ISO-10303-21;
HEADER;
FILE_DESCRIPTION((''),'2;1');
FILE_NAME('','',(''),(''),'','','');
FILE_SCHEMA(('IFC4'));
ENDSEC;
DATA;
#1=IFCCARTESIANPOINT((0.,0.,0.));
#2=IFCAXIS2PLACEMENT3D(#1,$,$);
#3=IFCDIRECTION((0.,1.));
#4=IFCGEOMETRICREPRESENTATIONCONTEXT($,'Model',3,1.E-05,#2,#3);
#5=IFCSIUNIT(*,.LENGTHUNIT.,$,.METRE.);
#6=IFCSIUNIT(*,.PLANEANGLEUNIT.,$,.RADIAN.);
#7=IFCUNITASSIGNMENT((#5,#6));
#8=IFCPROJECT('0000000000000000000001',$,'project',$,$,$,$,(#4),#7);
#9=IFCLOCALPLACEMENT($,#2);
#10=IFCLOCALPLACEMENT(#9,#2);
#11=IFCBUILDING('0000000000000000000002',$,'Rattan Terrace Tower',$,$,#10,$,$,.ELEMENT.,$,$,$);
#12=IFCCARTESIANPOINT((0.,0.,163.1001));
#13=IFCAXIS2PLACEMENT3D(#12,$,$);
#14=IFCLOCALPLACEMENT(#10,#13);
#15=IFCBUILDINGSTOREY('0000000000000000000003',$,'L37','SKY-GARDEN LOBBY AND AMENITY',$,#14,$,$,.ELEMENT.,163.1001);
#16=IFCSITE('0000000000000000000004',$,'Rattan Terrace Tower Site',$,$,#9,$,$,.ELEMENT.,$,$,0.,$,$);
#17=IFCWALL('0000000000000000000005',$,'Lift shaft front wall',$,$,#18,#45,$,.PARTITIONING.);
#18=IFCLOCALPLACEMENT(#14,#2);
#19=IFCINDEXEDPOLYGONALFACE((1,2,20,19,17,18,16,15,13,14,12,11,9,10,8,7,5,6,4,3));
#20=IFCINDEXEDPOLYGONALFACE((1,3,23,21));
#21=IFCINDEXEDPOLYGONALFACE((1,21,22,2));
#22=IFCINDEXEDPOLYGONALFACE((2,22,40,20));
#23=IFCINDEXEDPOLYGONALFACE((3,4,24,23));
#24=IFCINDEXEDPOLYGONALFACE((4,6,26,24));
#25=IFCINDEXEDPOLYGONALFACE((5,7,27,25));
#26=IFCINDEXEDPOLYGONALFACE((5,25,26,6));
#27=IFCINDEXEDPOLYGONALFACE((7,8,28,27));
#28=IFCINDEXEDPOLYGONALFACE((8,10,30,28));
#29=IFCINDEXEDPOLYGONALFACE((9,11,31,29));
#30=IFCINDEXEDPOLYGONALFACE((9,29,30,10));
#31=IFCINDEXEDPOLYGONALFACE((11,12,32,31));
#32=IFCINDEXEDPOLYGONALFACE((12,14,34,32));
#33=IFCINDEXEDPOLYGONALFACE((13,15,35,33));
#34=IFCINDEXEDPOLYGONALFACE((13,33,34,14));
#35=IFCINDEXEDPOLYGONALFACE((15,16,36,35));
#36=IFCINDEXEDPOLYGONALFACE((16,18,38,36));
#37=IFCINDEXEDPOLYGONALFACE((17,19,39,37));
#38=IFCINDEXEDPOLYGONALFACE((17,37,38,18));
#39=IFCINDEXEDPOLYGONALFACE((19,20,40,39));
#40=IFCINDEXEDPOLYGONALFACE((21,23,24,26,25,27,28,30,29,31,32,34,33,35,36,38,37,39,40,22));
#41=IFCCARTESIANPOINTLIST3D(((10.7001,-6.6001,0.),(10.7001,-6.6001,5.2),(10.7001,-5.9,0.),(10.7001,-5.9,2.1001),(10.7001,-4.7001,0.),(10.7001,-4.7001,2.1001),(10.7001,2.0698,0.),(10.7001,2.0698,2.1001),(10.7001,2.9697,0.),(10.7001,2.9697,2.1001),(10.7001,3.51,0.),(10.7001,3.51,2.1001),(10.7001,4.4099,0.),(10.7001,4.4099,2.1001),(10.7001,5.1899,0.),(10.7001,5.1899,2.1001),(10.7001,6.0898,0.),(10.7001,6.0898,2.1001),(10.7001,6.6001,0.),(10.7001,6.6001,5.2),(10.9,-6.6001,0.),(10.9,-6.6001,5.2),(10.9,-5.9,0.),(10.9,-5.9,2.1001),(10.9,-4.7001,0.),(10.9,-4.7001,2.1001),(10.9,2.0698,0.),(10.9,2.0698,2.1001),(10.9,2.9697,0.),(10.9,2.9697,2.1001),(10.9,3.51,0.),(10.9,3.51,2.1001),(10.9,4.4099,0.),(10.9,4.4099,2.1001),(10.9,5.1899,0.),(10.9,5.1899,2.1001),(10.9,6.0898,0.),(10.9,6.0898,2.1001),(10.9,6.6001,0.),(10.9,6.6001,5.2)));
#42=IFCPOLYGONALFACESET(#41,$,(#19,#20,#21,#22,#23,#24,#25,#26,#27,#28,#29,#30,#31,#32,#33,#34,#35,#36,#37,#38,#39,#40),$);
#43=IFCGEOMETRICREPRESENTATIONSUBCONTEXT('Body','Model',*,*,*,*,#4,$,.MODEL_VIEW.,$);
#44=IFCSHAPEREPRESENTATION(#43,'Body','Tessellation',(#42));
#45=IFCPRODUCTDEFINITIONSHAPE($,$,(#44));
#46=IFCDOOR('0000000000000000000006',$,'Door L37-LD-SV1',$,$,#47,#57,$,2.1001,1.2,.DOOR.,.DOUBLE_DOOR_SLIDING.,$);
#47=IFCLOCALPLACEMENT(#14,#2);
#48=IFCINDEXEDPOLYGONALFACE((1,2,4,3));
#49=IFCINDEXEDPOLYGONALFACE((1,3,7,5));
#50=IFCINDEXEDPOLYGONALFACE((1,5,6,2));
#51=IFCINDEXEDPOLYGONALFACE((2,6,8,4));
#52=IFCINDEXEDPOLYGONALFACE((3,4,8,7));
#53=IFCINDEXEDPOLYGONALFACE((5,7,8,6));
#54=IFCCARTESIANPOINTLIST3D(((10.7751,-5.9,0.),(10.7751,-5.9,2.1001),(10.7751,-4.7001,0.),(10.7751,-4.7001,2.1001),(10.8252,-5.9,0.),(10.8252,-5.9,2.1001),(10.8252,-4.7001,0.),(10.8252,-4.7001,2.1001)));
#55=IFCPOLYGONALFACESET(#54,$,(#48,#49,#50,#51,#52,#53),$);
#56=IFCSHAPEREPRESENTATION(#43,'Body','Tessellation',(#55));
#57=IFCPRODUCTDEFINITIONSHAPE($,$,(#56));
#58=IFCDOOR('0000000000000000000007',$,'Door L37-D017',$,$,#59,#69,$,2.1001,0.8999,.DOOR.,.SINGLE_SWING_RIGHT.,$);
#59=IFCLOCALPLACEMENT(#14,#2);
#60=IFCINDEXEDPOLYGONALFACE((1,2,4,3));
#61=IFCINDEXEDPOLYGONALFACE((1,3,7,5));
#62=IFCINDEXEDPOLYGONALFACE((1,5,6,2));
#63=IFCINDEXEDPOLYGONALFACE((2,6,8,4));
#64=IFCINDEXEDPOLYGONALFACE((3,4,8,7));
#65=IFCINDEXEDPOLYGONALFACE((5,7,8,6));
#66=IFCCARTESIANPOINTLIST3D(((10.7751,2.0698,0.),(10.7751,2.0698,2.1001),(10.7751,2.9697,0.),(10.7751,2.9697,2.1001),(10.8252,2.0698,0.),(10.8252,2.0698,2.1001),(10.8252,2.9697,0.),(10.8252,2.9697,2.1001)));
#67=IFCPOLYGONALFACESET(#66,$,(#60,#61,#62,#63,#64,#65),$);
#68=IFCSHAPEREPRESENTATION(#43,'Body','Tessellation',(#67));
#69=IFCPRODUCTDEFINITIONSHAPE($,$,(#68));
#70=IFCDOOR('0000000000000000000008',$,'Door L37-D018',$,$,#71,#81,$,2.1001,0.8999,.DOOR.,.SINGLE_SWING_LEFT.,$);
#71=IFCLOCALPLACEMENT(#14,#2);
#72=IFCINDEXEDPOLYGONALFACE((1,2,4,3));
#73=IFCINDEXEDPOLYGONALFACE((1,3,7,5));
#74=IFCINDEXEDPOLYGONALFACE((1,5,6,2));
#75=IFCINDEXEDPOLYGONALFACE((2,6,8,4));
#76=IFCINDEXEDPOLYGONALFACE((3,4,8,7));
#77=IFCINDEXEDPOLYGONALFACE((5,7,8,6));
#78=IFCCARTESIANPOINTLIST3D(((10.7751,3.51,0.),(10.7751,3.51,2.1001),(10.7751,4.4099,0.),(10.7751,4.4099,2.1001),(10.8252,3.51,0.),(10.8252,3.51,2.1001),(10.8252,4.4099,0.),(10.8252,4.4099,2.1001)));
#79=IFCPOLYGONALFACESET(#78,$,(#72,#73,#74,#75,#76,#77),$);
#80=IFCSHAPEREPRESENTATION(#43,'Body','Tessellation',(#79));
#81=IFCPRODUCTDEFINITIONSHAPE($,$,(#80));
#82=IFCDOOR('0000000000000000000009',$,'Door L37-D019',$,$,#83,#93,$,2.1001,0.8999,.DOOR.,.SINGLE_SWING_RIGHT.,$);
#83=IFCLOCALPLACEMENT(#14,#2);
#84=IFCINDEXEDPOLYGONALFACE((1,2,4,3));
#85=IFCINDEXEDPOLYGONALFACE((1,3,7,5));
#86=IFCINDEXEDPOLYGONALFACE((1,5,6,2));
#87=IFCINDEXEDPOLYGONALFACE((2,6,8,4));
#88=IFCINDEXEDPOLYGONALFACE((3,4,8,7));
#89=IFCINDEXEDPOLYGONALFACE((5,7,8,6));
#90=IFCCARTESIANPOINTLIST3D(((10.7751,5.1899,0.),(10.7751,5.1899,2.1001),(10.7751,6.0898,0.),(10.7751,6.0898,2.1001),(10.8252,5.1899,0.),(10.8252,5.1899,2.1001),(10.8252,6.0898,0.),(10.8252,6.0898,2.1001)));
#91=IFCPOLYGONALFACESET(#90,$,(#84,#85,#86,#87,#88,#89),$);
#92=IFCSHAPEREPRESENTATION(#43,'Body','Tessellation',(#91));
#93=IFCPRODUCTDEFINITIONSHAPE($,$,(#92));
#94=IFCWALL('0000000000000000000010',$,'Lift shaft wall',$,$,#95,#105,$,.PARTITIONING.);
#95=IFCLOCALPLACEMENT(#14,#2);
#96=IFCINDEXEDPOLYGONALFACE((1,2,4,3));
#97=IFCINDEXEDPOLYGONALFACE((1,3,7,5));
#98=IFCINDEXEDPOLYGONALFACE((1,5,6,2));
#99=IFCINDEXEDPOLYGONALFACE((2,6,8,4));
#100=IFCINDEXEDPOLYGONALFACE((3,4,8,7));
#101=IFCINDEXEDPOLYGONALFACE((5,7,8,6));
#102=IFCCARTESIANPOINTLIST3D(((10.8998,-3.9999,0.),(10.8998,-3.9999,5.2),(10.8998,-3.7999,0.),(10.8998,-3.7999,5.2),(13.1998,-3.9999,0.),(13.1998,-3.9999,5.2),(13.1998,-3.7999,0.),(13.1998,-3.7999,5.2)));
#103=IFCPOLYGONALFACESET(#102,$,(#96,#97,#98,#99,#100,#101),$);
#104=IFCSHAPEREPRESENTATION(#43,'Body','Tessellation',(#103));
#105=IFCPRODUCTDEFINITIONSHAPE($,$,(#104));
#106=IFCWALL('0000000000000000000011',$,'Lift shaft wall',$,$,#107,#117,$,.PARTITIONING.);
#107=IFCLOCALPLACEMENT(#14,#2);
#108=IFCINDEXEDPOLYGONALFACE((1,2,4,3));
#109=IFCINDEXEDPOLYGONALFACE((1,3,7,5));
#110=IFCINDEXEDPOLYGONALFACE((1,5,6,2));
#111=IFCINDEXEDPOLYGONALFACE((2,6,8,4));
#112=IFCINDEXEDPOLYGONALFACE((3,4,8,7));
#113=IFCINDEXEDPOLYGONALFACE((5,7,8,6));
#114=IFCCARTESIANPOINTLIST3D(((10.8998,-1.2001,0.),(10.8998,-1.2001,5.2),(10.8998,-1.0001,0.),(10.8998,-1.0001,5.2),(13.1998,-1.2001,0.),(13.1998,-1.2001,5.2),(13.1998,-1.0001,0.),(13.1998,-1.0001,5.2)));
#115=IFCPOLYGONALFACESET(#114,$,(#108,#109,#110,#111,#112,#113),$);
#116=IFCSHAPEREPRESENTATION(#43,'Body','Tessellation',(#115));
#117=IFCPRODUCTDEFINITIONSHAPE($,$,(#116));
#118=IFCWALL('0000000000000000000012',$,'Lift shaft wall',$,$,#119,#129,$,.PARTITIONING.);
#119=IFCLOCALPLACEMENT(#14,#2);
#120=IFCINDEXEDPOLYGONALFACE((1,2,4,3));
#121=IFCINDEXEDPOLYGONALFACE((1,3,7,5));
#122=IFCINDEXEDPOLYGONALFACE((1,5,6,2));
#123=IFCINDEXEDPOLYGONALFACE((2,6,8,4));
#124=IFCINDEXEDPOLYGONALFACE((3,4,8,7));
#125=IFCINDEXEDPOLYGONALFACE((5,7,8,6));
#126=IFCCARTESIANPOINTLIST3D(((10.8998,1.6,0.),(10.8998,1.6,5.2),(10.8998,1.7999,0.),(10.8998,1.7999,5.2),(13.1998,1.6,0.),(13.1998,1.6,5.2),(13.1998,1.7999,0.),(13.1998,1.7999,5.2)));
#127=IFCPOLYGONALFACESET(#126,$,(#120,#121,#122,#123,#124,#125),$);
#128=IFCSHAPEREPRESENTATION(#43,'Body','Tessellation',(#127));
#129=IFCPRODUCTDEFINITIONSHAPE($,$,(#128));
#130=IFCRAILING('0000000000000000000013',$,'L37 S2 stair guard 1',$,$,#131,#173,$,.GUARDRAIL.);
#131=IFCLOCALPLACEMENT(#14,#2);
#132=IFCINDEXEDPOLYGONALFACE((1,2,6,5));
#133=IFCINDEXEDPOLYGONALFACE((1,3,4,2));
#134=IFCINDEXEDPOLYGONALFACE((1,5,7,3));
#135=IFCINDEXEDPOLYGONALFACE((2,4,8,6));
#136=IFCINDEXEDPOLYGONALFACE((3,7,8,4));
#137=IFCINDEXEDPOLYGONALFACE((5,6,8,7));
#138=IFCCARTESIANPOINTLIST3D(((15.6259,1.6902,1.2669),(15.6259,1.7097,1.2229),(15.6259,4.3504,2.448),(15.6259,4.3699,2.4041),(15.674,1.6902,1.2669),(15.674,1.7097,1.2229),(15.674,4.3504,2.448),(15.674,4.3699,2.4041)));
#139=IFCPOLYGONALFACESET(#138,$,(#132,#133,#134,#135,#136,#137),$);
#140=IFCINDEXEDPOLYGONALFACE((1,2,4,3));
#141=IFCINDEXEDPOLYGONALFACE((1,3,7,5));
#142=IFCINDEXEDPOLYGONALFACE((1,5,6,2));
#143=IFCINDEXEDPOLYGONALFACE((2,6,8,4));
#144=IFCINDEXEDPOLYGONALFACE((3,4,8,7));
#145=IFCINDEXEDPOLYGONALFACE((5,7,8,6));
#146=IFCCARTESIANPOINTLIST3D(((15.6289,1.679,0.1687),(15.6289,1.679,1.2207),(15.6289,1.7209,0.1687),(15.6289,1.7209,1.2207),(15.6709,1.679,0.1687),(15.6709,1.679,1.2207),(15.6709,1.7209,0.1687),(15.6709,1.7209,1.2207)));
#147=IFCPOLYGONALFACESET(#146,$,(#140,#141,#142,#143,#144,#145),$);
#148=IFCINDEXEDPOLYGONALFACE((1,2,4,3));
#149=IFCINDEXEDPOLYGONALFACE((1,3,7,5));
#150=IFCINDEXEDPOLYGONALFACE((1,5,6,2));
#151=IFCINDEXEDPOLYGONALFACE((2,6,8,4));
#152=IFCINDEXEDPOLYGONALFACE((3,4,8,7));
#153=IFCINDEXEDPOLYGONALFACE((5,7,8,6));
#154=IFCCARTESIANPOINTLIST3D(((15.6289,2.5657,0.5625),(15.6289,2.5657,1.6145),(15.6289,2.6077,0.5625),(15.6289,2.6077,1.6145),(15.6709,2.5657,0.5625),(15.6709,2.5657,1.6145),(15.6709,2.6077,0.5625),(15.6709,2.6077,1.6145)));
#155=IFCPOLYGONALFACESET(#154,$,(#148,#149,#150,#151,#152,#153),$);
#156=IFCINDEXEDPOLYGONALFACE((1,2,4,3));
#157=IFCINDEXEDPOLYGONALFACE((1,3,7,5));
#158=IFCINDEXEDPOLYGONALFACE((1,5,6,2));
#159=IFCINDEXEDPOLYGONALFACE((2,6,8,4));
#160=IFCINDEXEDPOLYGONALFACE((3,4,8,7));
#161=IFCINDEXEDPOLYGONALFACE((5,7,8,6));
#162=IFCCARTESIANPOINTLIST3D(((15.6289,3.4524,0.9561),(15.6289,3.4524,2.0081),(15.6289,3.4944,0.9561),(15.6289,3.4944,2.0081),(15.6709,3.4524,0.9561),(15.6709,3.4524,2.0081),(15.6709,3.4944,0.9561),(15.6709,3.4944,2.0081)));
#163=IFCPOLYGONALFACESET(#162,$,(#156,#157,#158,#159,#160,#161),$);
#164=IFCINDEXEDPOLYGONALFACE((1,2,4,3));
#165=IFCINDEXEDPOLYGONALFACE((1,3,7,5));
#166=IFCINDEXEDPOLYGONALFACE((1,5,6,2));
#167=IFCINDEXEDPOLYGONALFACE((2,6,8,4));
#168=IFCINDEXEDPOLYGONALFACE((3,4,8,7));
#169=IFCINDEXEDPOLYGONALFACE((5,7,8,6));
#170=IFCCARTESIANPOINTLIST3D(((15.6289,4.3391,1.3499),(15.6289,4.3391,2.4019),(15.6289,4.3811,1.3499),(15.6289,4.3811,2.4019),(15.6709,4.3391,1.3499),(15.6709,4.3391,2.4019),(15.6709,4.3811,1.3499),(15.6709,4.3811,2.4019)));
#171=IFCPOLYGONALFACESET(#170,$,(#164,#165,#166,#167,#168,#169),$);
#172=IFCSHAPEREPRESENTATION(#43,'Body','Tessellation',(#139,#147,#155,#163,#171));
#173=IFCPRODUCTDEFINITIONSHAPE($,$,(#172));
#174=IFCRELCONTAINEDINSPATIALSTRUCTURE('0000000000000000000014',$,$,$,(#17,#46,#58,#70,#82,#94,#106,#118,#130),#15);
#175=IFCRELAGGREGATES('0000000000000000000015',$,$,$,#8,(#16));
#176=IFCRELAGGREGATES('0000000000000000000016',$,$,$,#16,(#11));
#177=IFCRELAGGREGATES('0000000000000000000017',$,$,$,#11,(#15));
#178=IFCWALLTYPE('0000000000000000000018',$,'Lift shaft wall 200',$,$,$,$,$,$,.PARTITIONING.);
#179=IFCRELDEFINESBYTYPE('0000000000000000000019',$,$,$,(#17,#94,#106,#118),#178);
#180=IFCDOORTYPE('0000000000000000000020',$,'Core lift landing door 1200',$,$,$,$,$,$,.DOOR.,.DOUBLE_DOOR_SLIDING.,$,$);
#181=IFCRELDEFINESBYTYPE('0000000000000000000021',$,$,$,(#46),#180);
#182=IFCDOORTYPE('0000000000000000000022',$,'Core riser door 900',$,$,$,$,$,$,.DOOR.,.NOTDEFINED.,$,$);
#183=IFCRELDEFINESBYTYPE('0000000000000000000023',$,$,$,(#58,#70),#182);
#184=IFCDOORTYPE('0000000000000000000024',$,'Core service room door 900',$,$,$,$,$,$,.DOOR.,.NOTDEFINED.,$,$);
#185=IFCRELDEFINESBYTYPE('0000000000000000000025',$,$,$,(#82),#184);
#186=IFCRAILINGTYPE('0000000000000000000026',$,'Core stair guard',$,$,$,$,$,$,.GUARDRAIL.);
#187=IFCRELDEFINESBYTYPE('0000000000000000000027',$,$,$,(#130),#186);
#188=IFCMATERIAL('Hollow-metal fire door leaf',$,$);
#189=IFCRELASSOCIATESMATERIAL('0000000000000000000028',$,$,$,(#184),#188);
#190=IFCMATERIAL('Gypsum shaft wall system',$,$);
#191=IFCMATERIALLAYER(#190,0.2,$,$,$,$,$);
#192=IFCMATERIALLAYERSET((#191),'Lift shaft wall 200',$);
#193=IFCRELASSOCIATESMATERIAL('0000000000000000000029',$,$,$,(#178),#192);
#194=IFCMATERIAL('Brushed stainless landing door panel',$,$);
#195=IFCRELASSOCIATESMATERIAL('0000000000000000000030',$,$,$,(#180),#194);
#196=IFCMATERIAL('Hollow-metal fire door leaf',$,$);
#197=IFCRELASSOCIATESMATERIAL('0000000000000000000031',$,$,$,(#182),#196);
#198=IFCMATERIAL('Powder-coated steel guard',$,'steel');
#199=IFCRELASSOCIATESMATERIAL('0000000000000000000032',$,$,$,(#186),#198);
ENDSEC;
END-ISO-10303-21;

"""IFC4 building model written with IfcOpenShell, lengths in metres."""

from ifc_helpers import new_model, si_unit, direction, frame, frame_2d, origin, origin_2d, place, context, subcontext, project, spatial, rectangle, extrude, material, layer, layer_set, type_object, element, fill, save


model = new_model("IFC4")

# Units and contexts
model_context = context("Model", 3, precision=1e-05, world=origin(), true_north=direction((0.0, 1.0)))
body_context = subcontext(model_context, "Body", "Model", "MODEL_VIEW")
ifc_project = project(units=[si_unit("LENGTHUNIT", "METRE"), si_unit("PLANEANGLEUNIT", "RADIAN")], contexts=[model_context])

# Site, building, storey
site_placement = place(None, origin())
site = spatial("IfcSite", under=ifc_project, at=site_placement, Name="Rattan Terrace Tower Site", CompositionType="ELEMENT", RefElevation=0.0)
building_placement = place(site_placement, origin())
building = spatial("IfcBuilding", under=site, at=building_placement, Name="Rattan Terrace Tower", CompositionType="ELEMENT")
storey_placement = place(building_placement, frame((0.0, 0.0, 163.1001)))
storey = spatial("IfcBuildingStorey", under=building, at=storey_placement, Name="L37", Description="SKY-GARDEN LOBBY AND AMENITY", CompositionType="ELEMENT", Elevation=163.1001)

# Shared definitions
ifc_material_1 = material(Name="Hollow-metal fire door leaf")
door_type_1 = type_object("IfcDoorType", Name="Core service room door 900", OperationType="NOTDEFINED", PredefinedType="DOOR", material=ifc_material_1)

# Wall, openings, doors
ifc_material_2 = material(Name="Gypsum shaft wall system")
ifc_layer_1 = layer(ifc_material_2, 0.2)
ifc_layer_set_1 = layer_set([ifc_layer_1], Name="Lift shaft wall 200")
wall_type_1 = type_object("IfcWallType", Name="Lift shaft wall 200", PredefinedType="PARTITIONING", material=ifc_layer_set_1)
wall_1_placement = place(storey_placement, frame((10.8, -6.6001, 0.0), z_axis=(0.0, 0.0, 1.0), x_axis=(0.0, 1.0, 0.0)))
wall_1 = element("IfcWall", 1, at=wall_1_placement, inside=storey, type_object=wall_type_1, Name="Lift shaft front wall", PredefinedType="PARTITIONING", context=body_context, shape_type="SweptSolid", body=[
    extrude(rectangle(XDim=13.2002, YDim=0.2, at=frame_2d((6.6001, 0.0))), origin(), (0.0, 0.0, 1.0), 5.2),
])
opening_1_placement = place(wall_1_placement, frame((0.7, 0.0, 0.0)))
opening_1 = element("IfcOpeningElement", 2, at=opening_1_placement, cuts=wall_1, PredefinedType="OPENING", context=body_context, shape_type="SweptSolid", body=[
    extrude(rectangle(XDim=1.2, YDim=2.1001, at=frame_2d((0.6001, 1.05))), frame((0.0, 0.1106, 0.0), z_axis=(0.0, -1.0, 0.0), x_axis=(1.0, 0.0, 0.0)), (0.0, 0.0, 1.0), 0.2209),
])
opening_2_placement = place(wall_1_placement, frame((8.6699, 0.0, 0.0)))
opening_2 = element("IfcOpeningElement", 3, at=opening_2_placement, cuts=wall_1, PredefinedType="OPENING", context=body_context, shape_type="SweptSolid", body=[
    extrude(rectangle(XDim=0.8999, YDim=2.1001, at=frame_2d((0.45, 1.05))), frame((0.0, 0.1106, 0.0), z_axis=(0.0, -1.0, 0.0), x_axis=(1.0, 0.0, 0.0)), (0.0, 0.0, 1.0), 0.2209),
])
opening_3_placement = place(wall_1_placement, frame((10.1101, 0.0, 0.0)))
opening_3 = element("IfcOpeningElement", 4, at=opening_3_placement, cuts=wall_1, PredefinedType="OPENING", context=body_context, shape_type="SweptSolid", body=[
    extrude(rectangle(XDim=0.8999, YDim=2.1001, at=frame_2d((0.45, 1.05))), frame((0.0, 0.1106, 0.0), z_axis=(0.0, -1.0, 0.0), x_axis=(1.0, 0.0, 0.0)), (0.0, 0.0, 1.0), 0.2209),
])
opening_4_placement = place(wall_1_placement, frame((11.79, 0.0, 0.0)))
opening_4 = element("IfcOpeningElement", 5, at=opening_4_placement, cuts=wall_1, PredefinedType="OPENING", context=body_context, shape_type="SweptSolid", body=[
    extrude(rectangle(XDim=0.8999, YDim=2.1001, at=frame_2d((0.45, 1.05))), frame((0.0, 0.1106, 0.0), z_axis=(0.0, -1.0, 0.0), x_axis=(1.0, 0.0, 0.0)), (0.0, 0.0, 1.0), 0.2209),
])
ifc_material_3 = material(Name="Brushed stainless landing door panel")
door_type_2 = type_object("IfcDoorType", Name="Core lift landing door 1200", OperationType="DOUBLE_DOOR_SLIDING", PredefinedType="DOOR", material=ifc_material_3)
door_1_placement = place(opening_1_placement, origin())
door_1 = element("IfcDoor", 6, at=door_1_placement, inside=storey, type_object=door_type_2, Name="Door L37-LD-SV1", OperationType="DOUBLE_DOOR_SLIDING", OverallHeight=2.1001, OverallWidth=1.2, PredefinedType="DOOR", context=body_context, shape_type="SweptSolid", body=[
    extrude(rectangle(XDim=1.2, YDim=2.1001, at=frame_2d((0.6001, 1.05))), frame((0.0, 0.0249, 0.0), z_axis=(0.0, -1.0, 0.0), x_axis=(1.0, 0.0, 0.0)), (0.0, 0.0, 1.0), 0.05),
])
fill(opening_1, door_1)
ifc_material_4 = material(Name="Hollow-metal fire door leaf")
door_type_3 = type_object("IfcDoorType", Name="Core riser door 900", OperationType="NOTDEFINED", PredefinedType="DOOR", material=ifc_material_4)
door_2_placement = place(opening_2_placement, origin())
door_2 = element("IfcDoor", 7, at=door_2_placement, inside=storey, type_object=door_type_3, Name="Door L37-D017", OperationType="SINGLE_SWING_RIGHT", OverallHeight=2.1001, OverallWidth=0.8999, PredefinedType="DOOR", context=body_context, shape_type="SweptSolid", body=[
    extrude(rectangle(XDim=0.8999, YDim=2.1001, at=frame_2d((0.45, 1.05))), frame((0.0, 0.0249, 0.0), z_axis=(0.0, -1.0, 0.0), x_axis=(1.0, 0.0, 0.0)), (0.0, 0.0, 1.0), 0.05),
])
fill(opening_2, door_2)
door_3_placement = place(opening_3_placement, origin())
door_3 = element("IfcDoor", 8, at=door_3_placement, inside=storey, type_object=door_type_3, Name="Door L37-D018", OperationType="SINGLE_SWING_LEFT", OverallHeight=2.1001, OverallWidth=0.8999, PredefinedType="DOOR", context=body_context, shape_type="SweptSolid", body=[
    extrude(rectangle(XDim=0.8999, YDim=2.1001, at=frame_2d((0.45, 1.05))), frame((0.0, 0.0249, 0.0), z_axis=(0.0, -1.0, 0.0), x_axis=(1.0, 0.0, 0.0)), (0.0, 0.0, 1.0), 0.05),
])
fill(opening_3, door_3)
door_4_placement = place(opening_4_placement, origin())
door_4 = element("IfcDoor", 9, at=door_4_placement, inside=storey, type_object=door_type_1, Name="Door L37-D019", OperationType="SINGLE_SWING_RIGHT", OverallHeight=2.1001, OverallWidth=0.8999, PredefinedType="DOOR", context=body_context, shape_type="SweptSolid", body=[
    extrude(rectangle(XDim=0.8999, YDim=2.1001, at=frame_2d((0.45, 1.05))), frame((0.0, 0.0249, 0.0), z_axis=(0.0, -1.0, 0.0), x_axis=(1.0, 0.0, 0.0)), (0.0, 0.0, 1.0), 0.05),
])
fill(opening_4, door_4)

# Walls
for number, where, z_axis, x_axis, name in (
    (10, (10.8999, -3.8999, 0.0), (0.0, 0.0, 1.0), (1.0, 0.0, 0.0), "Lift shaft wall"),
    (11, (10.8999, -1.1001, 0.0), (0.0, 0.0, 1.0), (1.0, 0.0, 0.0), "Lift shaft wall"),
    (12, (10.8999, 1.7, 0.0), (0.0, 0.0, 1.0), (1.0, 0.0, 0.0), "Lift shaft wall"),
):
    element("IfcWall", number, at=place(storey_placement, frame(where, z_axis=z_axis, x_axis=x_axis)), inside=storey, type_object=wall_type_1, Name=name, PredefinedType="PARTITIONING", context=body_context, shape_type="SweptSolid", body=[
        extrude(rectangle(XDim=2.3, YDim=0.2, at=frame_2d((1.1499, 0.0))), origin(), (0.0, 0.0, 1.0), 5.2),
    ])

# Railing
ifc_material_5 = material(Name="Powder-coated steel guard", Category="steel")
railing_type = type_object("IfcRailingType", Name="Core stair guard", PredefinedType="GUARDRAIL", material=ifc_material_5)
railing_placement = place(storey_placement, frame((15.6499, 1.7, 0.1687)))
element("IfcRailing", 13, at=railing_placement, inside=storey, type_object=railing_type, Name="L37 S2 stair guard 1", PredefinedType="GUARDRAIL", context=body_context, shape_type="SweptSolid", body=[
    extrude(rectangle(XDim=0.0481, YDim=0.0481, at=origin_2d()), frame((0.0, 0.0, 1.0762), z_axis=(0.0, 0.913957, 0.405812), x_axis=(-1.0, 0.0, 0.0)), (0.0, 0.0, 1.0), 2.9106),
    extrude(rectangle(XDim=0.042, YDim=0.042, at=origin_2d()), origin(), (0.0, 0.0, 1.0), 1.052),
    extrude(rectangle(XDim=0.042, YDim=0.042, at=origin_2d()), frame((0.0, 0.8867, 0.3938)), (0.0, 0.0, 1.0), 1.052),
    extrude(rectangle(XDim=0.042, YDim=0.042, at=origin_2d()), frame((0.0, 1.7734, 0.7874)), (0.0, 0.0, 1.0), 1.052),
    extrude(rectangle(XDim=0.042, YDim=0.042, at=origin_2d()), frame((0.0, 2.6602, 1.1812)), (0.0, 0.0, 1.0), 1.052),
])

save(model, "model.ifc")
